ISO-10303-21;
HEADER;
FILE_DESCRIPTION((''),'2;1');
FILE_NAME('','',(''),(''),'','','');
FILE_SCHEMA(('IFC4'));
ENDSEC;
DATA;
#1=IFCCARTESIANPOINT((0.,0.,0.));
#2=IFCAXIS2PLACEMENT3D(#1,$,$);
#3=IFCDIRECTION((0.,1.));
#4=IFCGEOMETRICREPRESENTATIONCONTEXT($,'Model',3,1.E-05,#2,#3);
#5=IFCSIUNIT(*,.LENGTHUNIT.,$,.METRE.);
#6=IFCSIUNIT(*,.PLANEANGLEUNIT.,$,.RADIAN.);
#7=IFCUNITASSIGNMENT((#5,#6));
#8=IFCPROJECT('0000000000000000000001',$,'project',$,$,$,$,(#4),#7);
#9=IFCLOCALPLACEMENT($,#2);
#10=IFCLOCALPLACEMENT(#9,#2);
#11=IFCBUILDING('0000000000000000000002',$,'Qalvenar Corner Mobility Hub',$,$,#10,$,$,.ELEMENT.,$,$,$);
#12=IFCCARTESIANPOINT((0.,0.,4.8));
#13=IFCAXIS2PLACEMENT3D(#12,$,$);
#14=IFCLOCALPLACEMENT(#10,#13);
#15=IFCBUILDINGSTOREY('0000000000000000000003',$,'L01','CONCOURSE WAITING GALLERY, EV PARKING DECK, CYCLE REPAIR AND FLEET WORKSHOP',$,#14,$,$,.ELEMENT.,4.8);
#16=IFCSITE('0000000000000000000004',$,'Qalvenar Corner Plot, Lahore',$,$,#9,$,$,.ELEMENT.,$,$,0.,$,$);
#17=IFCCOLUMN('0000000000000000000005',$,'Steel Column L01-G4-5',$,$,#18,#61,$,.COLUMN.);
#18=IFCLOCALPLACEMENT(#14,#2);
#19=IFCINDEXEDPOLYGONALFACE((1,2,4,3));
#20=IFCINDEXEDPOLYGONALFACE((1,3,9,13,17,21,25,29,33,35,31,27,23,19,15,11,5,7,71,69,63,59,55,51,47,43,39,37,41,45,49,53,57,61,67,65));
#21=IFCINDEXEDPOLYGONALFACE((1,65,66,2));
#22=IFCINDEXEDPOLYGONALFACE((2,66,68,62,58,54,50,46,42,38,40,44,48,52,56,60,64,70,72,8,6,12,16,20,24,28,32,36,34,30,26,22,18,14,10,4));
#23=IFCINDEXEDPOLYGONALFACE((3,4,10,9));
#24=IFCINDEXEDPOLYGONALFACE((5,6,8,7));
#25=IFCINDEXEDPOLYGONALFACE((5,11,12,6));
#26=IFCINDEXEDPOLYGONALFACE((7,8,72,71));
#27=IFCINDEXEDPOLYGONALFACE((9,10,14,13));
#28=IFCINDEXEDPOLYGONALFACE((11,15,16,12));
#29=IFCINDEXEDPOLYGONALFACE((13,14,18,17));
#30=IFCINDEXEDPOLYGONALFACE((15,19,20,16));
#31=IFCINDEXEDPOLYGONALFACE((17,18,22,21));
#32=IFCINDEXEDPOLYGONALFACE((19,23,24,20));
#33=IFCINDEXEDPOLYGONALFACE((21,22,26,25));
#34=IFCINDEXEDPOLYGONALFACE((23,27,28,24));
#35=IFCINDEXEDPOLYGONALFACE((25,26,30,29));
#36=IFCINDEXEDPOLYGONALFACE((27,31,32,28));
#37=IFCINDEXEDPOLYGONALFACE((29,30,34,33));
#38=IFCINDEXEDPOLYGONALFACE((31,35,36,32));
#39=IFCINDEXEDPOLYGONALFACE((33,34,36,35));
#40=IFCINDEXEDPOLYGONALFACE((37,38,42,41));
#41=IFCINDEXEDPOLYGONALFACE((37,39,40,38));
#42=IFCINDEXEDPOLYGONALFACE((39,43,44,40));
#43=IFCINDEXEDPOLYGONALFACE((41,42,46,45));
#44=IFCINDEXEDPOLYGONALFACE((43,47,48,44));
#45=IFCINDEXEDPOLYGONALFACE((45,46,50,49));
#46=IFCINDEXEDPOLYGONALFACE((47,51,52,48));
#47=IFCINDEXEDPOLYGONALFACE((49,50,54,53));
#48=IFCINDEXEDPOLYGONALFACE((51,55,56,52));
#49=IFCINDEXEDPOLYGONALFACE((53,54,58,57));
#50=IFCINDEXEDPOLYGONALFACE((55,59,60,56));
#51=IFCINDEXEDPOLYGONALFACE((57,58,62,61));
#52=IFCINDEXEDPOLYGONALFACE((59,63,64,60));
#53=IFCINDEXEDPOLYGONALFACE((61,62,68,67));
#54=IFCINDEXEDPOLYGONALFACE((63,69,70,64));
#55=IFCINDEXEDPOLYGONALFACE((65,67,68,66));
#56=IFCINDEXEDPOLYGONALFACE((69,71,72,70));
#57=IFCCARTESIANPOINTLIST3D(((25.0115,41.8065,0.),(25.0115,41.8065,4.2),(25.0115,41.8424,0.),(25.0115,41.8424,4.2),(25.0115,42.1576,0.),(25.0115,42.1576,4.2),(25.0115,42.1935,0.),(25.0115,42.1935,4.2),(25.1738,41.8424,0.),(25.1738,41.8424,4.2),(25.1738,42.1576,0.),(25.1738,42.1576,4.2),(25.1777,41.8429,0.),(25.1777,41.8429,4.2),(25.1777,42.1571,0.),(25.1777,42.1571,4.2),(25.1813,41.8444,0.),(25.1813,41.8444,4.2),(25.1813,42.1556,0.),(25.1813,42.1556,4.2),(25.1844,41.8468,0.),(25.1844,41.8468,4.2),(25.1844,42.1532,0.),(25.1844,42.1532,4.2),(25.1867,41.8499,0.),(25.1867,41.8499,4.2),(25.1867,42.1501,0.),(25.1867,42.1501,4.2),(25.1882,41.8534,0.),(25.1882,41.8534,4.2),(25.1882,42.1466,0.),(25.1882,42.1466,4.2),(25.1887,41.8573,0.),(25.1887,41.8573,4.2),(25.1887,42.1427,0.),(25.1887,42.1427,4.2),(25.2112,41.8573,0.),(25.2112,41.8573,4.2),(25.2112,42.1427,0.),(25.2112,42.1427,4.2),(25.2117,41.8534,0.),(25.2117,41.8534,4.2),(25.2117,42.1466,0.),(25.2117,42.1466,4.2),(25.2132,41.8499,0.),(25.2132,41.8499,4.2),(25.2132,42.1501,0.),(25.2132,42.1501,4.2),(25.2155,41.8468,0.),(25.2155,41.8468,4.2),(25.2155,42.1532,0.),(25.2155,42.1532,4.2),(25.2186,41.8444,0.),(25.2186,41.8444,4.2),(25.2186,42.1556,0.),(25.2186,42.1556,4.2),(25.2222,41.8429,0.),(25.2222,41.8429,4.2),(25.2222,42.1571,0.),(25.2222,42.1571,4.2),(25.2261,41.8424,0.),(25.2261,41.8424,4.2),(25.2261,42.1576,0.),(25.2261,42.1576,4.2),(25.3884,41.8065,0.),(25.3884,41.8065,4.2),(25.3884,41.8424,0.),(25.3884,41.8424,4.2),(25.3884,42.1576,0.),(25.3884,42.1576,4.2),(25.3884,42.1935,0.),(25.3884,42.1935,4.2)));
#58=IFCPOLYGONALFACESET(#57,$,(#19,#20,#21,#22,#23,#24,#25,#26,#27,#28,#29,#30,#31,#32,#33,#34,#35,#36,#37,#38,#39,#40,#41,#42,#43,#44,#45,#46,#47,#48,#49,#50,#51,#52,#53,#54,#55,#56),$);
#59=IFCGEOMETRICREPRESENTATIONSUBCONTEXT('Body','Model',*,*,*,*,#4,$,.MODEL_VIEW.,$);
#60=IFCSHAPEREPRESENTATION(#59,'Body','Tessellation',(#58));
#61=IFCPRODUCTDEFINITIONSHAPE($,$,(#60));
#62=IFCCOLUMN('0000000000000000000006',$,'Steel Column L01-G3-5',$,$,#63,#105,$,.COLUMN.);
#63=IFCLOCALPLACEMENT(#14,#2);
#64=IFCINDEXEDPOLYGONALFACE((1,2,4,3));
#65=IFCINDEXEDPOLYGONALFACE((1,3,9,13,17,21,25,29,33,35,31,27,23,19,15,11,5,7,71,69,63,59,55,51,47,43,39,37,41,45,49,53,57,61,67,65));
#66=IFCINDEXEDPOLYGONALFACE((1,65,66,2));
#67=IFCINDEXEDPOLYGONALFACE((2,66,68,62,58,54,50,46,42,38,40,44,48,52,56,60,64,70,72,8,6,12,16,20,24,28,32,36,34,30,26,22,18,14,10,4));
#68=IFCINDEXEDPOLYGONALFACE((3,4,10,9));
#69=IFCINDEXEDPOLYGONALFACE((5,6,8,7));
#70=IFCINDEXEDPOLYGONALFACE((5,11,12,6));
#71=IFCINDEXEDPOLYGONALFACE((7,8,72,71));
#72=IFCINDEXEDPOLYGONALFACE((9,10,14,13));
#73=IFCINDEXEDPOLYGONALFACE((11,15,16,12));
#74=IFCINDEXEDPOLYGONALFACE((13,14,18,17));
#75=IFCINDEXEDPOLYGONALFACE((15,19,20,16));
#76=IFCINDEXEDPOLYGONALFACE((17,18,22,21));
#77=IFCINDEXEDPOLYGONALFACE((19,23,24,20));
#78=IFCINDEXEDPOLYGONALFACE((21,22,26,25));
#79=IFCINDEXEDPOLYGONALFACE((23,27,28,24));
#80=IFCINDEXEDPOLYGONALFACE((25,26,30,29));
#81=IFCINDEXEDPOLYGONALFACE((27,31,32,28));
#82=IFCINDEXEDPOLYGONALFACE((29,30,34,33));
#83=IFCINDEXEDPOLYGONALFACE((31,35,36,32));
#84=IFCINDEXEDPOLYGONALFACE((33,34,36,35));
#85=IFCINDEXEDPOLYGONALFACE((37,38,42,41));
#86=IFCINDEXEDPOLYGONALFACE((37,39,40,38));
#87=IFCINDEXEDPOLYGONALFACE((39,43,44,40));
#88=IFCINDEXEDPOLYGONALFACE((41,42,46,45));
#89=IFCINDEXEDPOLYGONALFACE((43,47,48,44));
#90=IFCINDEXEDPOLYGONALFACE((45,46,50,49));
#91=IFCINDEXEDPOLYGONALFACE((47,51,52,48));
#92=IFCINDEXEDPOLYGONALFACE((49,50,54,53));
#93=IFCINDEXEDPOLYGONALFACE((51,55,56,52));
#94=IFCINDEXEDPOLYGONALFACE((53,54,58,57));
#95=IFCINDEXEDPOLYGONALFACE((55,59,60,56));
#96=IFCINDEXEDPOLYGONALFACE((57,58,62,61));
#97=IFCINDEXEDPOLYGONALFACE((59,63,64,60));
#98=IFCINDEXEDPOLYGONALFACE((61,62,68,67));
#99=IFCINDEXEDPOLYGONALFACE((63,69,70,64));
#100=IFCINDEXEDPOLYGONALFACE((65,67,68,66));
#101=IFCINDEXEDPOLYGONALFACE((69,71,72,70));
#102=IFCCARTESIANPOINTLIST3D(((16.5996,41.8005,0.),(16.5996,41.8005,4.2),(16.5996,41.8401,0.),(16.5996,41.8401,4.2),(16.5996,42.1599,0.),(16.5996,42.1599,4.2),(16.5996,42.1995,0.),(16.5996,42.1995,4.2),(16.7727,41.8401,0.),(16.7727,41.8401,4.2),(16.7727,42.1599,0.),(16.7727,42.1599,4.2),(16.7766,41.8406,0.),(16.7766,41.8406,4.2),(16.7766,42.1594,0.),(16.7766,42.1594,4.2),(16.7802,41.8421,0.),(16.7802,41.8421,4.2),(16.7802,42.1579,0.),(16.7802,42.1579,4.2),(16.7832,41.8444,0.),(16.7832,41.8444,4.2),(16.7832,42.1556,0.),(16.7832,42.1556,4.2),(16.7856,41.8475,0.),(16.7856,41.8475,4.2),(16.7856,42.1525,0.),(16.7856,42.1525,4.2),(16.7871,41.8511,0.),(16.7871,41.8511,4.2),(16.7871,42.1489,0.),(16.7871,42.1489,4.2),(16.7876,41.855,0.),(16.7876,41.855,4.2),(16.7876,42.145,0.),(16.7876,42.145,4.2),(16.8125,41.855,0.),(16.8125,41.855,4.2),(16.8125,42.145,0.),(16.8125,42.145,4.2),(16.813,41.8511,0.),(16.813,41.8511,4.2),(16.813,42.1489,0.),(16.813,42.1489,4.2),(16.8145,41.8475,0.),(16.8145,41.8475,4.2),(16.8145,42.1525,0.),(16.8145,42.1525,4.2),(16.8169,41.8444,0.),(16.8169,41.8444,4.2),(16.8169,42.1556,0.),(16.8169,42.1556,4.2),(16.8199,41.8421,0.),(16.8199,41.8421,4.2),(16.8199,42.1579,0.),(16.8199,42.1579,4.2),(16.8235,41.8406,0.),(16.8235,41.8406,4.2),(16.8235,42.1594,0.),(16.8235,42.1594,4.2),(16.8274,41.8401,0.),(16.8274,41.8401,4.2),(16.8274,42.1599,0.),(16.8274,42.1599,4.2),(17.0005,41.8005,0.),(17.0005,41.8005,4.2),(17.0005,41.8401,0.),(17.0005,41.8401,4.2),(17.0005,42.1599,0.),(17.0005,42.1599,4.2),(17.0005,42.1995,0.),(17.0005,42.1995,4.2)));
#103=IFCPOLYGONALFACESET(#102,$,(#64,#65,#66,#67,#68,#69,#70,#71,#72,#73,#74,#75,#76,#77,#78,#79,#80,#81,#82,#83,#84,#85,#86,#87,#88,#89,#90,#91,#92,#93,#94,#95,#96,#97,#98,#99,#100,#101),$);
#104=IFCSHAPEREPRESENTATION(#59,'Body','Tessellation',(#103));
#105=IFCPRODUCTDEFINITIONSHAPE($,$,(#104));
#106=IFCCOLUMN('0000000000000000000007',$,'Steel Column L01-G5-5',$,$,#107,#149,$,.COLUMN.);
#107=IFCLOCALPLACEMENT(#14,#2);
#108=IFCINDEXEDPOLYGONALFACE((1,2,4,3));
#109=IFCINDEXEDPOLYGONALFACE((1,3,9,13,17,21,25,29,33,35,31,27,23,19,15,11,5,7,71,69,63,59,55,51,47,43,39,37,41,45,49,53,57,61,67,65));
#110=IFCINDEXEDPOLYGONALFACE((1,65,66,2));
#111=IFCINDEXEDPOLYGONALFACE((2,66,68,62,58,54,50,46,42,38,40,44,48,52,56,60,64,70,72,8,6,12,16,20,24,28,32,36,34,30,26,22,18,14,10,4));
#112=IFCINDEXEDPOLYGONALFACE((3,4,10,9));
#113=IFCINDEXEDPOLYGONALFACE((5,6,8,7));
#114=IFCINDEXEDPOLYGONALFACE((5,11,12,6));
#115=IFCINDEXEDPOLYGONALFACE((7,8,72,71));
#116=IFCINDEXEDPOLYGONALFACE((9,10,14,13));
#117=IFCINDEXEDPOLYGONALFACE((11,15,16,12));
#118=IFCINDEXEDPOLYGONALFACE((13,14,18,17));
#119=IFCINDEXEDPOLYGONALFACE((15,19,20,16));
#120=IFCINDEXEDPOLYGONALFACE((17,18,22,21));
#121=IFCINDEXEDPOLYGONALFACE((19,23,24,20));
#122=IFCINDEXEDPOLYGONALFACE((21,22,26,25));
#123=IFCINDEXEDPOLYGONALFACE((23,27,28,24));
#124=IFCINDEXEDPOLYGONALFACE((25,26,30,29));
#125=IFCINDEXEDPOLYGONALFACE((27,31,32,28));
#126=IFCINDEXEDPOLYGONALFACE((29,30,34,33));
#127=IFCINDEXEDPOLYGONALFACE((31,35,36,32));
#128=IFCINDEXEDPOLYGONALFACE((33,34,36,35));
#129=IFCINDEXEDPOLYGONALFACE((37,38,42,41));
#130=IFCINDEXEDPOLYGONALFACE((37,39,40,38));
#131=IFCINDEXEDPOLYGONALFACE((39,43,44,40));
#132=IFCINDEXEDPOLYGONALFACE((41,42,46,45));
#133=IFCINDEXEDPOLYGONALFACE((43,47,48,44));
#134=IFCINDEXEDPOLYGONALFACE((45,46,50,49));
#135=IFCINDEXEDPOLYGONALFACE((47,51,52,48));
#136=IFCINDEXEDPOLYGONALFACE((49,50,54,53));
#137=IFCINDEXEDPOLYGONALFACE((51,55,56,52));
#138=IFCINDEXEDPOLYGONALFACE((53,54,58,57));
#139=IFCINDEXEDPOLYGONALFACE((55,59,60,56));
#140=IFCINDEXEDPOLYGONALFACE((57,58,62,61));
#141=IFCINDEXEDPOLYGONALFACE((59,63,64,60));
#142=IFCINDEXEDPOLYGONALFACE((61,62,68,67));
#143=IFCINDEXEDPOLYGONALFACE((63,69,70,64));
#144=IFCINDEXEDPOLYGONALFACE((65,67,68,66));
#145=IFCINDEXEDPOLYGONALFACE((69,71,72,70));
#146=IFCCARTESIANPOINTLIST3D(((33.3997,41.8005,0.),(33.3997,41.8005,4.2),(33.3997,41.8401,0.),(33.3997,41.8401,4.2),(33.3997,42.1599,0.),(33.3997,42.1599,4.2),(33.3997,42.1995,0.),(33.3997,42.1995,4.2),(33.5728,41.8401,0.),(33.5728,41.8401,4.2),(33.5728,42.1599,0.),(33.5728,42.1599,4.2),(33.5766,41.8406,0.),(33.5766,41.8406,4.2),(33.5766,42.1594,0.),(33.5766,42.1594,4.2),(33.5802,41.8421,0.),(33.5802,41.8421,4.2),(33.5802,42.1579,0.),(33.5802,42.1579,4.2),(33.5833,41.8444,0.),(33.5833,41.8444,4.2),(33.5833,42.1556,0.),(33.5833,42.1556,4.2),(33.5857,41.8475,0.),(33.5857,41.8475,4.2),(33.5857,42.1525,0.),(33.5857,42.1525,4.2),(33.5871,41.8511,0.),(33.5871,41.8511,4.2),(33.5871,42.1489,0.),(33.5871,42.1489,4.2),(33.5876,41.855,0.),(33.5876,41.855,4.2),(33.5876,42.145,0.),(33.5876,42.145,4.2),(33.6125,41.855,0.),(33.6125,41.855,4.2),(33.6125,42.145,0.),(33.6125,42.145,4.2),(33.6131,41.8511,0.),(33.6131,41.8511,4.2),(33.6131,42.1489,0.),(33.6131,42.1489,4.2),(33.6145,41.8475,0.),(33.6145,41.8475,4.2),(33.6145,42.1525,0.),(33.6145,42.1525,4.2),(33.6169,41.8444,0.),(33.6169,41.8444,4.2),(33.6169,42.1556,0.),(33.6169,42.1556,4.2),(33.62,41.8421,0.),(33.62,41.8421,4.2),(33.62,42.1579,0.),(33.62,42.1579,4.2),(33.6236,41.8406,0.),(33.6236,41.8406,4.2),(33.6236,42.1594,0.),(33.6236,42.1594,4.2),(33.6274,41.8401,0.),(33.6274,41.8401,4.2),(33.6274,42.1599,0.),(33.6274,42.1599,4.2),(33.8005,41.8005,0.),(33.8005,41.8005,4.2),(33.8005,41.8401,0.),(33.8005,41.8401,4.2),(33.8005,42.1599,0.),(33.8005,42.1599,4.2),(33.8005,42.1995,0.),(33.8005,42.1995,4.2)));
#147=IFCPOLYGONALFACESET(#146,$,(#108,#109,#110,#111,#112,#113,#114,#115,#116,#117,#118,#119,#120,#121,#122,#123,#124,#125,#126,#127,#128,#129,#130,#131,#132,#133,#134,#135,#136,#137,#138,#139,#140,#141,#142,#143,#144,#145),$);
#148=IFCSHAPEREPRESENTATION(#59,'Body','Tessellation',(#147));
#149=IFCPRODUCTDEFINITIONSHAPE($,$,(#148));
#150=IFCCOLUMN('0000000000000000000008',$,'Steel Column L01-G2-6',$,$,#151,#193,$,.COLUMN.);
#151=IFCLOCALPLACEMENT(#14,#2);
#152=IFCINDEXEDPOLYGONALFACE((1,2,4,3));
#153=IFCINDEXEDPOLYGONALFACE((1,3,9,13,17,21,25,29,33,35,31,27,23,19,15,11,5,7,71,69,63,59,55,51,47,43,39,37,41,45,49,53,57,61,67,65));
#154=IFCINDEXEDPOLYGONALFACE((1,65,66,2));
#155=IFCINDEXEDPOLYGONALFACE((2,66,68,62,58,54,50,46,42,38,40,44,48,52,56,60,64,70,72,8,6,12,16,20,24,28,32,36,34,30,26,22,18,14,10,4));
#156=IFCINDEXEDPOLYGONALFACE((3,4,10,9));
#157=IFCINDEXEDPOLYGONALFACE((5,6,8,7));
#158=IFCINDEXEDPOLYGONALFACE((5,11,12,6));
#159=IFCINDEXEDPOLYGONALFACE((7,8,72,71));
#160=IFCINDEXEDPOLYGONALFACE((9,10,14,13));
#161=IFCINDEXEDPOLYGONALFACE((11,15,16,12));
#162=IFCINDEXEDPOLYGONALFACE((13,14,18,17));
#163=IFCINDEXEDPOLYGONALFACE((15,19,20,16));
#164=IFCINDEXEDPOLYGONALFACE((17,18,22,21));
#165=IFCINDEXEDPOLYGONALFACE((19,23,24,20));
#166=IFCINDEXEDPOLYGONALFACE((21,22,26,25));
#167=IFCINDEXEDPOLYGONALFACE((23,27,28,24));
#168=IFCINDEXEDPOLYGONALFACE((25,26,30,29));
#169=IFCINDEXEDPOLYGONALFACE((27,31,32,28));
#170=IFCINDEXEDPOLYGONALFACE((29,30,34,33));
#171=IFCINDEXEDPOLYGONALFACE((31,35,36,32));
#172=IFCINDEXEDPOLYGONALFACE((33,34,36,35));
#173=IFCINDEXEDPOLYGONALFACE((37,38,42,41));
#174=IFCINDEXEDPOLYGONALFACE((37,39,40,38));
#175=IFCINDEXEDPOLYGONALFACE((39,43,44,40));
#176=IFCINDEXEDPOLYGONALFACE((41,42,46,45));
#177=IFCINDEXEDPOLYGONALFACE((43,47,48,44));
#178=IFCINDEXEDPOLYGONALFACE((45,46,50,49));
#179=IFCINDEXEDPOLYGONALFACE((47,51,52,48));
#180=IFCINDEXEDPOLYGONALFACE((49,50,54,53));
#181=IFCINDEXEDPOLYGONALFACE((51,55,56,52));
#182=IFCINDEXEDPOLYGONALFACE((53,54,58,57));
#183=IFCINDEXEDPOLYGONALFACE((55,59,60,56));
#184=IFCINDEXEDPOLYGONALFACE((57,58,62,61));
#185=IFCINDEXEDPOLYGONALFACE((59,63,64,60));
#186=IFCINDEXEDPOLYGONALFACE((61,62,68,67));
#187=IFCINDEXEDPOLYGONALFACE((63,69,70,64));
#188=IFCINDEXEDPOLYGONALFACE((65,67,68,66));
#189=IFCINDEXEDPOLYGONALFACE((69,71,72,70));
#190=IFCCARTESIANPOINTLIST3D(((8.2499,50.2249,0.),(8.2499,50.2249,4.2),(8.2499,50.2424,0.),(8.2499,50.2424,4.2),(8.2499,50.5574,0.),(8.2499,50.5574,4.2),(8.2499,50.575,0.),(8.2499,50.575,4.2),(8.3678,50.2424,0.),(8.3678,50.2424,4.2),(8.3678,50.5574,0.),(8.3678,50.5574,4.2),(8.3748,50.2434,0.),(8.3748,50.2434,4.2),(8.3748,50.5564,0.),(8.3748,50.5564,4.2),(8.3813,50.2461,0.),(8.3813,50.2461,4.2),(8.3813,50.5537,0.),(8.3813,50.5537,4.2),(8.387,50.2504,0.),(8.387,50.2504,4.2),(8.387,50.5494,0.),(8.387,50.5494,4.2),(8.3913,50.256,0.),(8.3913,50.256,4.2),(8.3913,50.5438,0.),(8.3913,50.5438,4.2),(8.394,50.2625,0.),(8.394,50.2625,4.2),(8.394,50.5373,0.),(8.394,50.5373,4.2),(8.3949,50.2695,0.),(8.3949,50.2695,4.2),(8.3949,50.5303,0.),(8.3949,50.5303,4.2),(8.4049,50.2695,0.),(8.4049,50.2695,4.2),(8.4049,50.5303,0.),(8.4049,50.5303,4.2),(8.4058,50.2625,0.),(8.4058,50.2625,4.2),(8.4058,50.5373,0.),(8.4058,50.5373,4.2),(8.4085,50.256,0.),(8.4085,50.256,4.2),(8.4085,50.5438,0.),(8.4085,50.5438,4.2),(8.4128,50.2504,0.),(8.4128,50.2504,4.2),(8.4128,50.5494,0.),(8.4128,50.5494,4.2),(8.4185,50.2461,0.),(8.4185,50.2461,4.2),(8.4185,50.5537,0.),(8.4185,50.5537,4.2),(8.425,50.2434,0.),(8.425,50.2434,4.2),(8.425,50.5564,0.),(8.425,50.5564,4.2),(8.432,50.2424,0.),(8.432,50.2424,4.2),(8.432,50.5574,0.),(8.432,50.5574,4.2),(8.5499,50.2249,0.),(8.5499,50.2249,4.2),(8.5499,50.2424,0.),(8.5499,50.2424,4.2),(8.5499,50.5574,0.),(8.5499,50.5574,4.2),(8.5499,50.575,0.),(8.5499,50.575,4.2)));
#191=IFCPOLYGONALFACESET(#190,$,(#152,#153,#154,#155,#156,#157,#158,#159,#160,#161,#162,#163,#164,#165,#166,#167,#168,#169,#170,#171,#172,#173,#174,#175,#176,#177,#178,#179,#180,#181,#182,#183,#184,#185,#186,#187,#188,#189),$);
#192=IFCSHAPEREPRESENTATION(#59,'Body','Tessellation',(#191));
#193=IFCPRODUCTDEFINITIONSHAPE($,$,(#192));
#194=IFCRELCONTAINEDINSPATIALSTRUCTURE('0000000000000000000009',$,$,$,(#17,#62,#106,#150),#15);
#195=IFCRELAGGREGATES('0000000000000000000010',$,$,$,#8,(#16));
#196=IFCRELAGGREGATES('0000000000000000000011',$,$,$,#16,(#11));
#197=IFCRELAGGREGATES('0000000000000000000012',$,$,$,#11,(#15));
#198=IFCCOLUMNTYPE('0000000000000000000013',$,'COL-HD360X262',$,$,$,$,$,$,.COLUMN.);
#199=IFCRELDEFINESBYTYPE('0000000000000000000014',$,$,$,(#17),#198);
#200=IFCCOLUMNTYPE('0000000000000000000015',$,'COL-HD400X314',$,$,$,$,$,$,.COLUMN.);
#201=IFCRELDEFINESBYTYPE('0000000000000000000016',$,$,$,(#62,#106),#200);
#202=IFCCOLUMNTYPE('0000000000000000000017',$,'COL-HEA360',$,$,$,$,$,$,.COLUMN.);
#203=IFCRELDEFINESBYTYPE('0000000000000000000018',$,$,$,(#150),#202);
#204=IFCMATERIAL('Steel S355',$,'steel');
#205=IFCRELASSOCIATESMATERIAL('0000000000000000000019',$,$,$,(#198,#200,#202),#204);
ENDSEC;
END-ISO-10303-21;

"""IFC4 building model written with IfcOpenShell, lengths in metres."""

from ifc_helpers import new_model, si_unit, direction, frame, origin, origin_2d, place, context, subcontext, project, spatial, i_section, extrude, material, material_profile, profile_set, type_object, element, save


model = new_model("IFC4")

# Units and contexts
model_context = context("Model", 3, precision=1e-05, world=origin(), true_north=direction((0.0, 1.0)))
body_context = subcontext(model_context, "Body", "Model", "MODEL_VIEW")
ifc_project = project(units=[si_unit("LENGTHUNIT", "METRE"), si_unit("PLANEANGLEUNIT", "RADIAN")], contexts=[model_context])

# Site, building, storey
site_placement = place(None, origin())
site = spatial("IfcSite", under=ifc_project, at=site_placement, Name="Qalvenar Corner Plot, Lahore", CompositionType="ELEMENT", RefElevation=0.0)
building_placement = place(site_placement, origin())
building = spatial("IfcBuilding", under=site, at=building_placement, Name="Qalvenar Corner Mobility Hub", CompositionType="ELEMENT")
storey_placement = place(building_placement, frame((0.0, 0.0, 4.8)))
storey = spatial("IfcBuildingStorey", under=building, at=storey_placement, Name="L01", Description="CONCOURSE WAITING GALLERY, EV PARKING DECK, CYCLE REPAIR AND FLEET WORKSHOP", CompositionType="ELEMENT", Elevation=4.8)

# Columns
ifc_material_1 = material(Name="Steel S355", Category="steel")
ifc_material_profile_1 = material_profile(ifc_material_1, i_section(OverallWidth=0.377, OverallDepth=0.387, WebThickness=0.0225, FlangeThickness=0.0359, FilletRadius=0.0149, at=origin_2d()), Name="HD360x262")
ifc_profile_set_1 = profile_set([ifc_material_profile_1], Name="Steel S355")
column_type_1 = type_object("IfcColumnType", Name="COL-HD360X262", PredefinedType="COLUMN", material=ifc_profile_set_1)
column_1_placement = place(storey_placement, frame((25.2, 42.0, 0.0), z_axis=(0.0, 0.0, 1.0), x_axis=(1.0, 0.0, 0.0)))
element("IfcColumn", 1, at=column_1_placement, inside=storey, type_object=column_type_1, Name="Steel Column L01-G4-5", PredefinedType="COLUMN", context=body_context, shape_type="SweptSolid", body=[
    extrude(i_section(OverallWidth=0.377, OverallDepth=0.387, WebThickness=0.0225, FlangeThickness=0.0359, FilletRadius=0.0149, at=origin_2d()), origin(), (0.0, 0.0, 1.0), 4.2),
])
ifc_material_profile_2 = material_profile(ifc_material_1, i_section(OverallWidth=0.4009, OverallDepth=0.3989, WebThickness=0.0249, FlangeThickness=0.0396, FilletRadius=0.0149, at=origin_2d()), Name="HD400x314")
ifc_profile_set_2 = profile_set([ifc_material_profile_2], Name="Steel S355")
column_type_2 = type_object("IfcColumnType", Name="COL-HD400X314", PredefinedType="COLUMN", material=ifc_profile_set_2)
for number, where, z_axis, x_axis, name in (
    (2, (16.8, 42.0, 0.0), (0.0, 0.0, 1.0), (1.0, 0.0, 0.0), "Steel Column L01-G3-5"),
    (3, (33.6001, 42.0, 0.0), (0.0, 0.0, 1.0), (1.0, 0.0, 0.0), "Steel Column L01-G5-5"),
):
    element("IfcColumn", number, at=place(storey_placement, frame(where, z_axis=z_axis, x_axis=x_axis)), inside=storey, type_object=column_type_2, Name=name, PredefinedType="COLUMN", context=body_context, shape_type="SweptSolid", body=[
        extrude(i_section(OverallWidth=0.4009, OverallDepth=0.3989, WebThickness=0.0249, FlangeThickness=0.0396, FilletRadius=0.0149, at=origin_2d()), origin(), (0.0, 0.0, 1.0), 4.2),
    ])
ifc_material_profile_3 = material_profile(ifc_material_1, i_section(OverallWidth=0.3, OverallDepth=0.3501, WebThickness=0.01, FlangeThickness=0.0176, FilletRadius=0.0271, at=origin_2d()), Name="HEA360")
ifc_profile_set_3 = profile_set([ifc_material_profile_3], Name="Steel S355")
column_type_3 = type_object("IfcColumnType", Name="COL-HEA360", PredefinedType="COLUMN", material=ifc_profile_set_3)
for number, where, z_axis, x_axis, name in (
    (4, (8.3999, 50.3999, 0.0), (0.0, 0.0, 1.0), (1.0, 0.0, 0.0), "Steel Column L01-G2-6"),
):
    element("IfcColumn", number, at=place(storey_placement, frame(where, z_axis=z_axis, x_axis=x_axis)), inside=storey, type_object=column_type_3, Name=name, PredefinedType="COLUMN", context=body_context, shape_type="SweptSolid", body=[
        extrude(i_section(OverallWidth=0.3, OverallDepth=0.3501, WebThickness=0.01, FlangeThickness=0.0176, FilletRadius=0.0271, at=origin_2d()), origin(), (0.0, 0.0, 1.0), 4.2),
    ])

save(model, "model.ifc")
